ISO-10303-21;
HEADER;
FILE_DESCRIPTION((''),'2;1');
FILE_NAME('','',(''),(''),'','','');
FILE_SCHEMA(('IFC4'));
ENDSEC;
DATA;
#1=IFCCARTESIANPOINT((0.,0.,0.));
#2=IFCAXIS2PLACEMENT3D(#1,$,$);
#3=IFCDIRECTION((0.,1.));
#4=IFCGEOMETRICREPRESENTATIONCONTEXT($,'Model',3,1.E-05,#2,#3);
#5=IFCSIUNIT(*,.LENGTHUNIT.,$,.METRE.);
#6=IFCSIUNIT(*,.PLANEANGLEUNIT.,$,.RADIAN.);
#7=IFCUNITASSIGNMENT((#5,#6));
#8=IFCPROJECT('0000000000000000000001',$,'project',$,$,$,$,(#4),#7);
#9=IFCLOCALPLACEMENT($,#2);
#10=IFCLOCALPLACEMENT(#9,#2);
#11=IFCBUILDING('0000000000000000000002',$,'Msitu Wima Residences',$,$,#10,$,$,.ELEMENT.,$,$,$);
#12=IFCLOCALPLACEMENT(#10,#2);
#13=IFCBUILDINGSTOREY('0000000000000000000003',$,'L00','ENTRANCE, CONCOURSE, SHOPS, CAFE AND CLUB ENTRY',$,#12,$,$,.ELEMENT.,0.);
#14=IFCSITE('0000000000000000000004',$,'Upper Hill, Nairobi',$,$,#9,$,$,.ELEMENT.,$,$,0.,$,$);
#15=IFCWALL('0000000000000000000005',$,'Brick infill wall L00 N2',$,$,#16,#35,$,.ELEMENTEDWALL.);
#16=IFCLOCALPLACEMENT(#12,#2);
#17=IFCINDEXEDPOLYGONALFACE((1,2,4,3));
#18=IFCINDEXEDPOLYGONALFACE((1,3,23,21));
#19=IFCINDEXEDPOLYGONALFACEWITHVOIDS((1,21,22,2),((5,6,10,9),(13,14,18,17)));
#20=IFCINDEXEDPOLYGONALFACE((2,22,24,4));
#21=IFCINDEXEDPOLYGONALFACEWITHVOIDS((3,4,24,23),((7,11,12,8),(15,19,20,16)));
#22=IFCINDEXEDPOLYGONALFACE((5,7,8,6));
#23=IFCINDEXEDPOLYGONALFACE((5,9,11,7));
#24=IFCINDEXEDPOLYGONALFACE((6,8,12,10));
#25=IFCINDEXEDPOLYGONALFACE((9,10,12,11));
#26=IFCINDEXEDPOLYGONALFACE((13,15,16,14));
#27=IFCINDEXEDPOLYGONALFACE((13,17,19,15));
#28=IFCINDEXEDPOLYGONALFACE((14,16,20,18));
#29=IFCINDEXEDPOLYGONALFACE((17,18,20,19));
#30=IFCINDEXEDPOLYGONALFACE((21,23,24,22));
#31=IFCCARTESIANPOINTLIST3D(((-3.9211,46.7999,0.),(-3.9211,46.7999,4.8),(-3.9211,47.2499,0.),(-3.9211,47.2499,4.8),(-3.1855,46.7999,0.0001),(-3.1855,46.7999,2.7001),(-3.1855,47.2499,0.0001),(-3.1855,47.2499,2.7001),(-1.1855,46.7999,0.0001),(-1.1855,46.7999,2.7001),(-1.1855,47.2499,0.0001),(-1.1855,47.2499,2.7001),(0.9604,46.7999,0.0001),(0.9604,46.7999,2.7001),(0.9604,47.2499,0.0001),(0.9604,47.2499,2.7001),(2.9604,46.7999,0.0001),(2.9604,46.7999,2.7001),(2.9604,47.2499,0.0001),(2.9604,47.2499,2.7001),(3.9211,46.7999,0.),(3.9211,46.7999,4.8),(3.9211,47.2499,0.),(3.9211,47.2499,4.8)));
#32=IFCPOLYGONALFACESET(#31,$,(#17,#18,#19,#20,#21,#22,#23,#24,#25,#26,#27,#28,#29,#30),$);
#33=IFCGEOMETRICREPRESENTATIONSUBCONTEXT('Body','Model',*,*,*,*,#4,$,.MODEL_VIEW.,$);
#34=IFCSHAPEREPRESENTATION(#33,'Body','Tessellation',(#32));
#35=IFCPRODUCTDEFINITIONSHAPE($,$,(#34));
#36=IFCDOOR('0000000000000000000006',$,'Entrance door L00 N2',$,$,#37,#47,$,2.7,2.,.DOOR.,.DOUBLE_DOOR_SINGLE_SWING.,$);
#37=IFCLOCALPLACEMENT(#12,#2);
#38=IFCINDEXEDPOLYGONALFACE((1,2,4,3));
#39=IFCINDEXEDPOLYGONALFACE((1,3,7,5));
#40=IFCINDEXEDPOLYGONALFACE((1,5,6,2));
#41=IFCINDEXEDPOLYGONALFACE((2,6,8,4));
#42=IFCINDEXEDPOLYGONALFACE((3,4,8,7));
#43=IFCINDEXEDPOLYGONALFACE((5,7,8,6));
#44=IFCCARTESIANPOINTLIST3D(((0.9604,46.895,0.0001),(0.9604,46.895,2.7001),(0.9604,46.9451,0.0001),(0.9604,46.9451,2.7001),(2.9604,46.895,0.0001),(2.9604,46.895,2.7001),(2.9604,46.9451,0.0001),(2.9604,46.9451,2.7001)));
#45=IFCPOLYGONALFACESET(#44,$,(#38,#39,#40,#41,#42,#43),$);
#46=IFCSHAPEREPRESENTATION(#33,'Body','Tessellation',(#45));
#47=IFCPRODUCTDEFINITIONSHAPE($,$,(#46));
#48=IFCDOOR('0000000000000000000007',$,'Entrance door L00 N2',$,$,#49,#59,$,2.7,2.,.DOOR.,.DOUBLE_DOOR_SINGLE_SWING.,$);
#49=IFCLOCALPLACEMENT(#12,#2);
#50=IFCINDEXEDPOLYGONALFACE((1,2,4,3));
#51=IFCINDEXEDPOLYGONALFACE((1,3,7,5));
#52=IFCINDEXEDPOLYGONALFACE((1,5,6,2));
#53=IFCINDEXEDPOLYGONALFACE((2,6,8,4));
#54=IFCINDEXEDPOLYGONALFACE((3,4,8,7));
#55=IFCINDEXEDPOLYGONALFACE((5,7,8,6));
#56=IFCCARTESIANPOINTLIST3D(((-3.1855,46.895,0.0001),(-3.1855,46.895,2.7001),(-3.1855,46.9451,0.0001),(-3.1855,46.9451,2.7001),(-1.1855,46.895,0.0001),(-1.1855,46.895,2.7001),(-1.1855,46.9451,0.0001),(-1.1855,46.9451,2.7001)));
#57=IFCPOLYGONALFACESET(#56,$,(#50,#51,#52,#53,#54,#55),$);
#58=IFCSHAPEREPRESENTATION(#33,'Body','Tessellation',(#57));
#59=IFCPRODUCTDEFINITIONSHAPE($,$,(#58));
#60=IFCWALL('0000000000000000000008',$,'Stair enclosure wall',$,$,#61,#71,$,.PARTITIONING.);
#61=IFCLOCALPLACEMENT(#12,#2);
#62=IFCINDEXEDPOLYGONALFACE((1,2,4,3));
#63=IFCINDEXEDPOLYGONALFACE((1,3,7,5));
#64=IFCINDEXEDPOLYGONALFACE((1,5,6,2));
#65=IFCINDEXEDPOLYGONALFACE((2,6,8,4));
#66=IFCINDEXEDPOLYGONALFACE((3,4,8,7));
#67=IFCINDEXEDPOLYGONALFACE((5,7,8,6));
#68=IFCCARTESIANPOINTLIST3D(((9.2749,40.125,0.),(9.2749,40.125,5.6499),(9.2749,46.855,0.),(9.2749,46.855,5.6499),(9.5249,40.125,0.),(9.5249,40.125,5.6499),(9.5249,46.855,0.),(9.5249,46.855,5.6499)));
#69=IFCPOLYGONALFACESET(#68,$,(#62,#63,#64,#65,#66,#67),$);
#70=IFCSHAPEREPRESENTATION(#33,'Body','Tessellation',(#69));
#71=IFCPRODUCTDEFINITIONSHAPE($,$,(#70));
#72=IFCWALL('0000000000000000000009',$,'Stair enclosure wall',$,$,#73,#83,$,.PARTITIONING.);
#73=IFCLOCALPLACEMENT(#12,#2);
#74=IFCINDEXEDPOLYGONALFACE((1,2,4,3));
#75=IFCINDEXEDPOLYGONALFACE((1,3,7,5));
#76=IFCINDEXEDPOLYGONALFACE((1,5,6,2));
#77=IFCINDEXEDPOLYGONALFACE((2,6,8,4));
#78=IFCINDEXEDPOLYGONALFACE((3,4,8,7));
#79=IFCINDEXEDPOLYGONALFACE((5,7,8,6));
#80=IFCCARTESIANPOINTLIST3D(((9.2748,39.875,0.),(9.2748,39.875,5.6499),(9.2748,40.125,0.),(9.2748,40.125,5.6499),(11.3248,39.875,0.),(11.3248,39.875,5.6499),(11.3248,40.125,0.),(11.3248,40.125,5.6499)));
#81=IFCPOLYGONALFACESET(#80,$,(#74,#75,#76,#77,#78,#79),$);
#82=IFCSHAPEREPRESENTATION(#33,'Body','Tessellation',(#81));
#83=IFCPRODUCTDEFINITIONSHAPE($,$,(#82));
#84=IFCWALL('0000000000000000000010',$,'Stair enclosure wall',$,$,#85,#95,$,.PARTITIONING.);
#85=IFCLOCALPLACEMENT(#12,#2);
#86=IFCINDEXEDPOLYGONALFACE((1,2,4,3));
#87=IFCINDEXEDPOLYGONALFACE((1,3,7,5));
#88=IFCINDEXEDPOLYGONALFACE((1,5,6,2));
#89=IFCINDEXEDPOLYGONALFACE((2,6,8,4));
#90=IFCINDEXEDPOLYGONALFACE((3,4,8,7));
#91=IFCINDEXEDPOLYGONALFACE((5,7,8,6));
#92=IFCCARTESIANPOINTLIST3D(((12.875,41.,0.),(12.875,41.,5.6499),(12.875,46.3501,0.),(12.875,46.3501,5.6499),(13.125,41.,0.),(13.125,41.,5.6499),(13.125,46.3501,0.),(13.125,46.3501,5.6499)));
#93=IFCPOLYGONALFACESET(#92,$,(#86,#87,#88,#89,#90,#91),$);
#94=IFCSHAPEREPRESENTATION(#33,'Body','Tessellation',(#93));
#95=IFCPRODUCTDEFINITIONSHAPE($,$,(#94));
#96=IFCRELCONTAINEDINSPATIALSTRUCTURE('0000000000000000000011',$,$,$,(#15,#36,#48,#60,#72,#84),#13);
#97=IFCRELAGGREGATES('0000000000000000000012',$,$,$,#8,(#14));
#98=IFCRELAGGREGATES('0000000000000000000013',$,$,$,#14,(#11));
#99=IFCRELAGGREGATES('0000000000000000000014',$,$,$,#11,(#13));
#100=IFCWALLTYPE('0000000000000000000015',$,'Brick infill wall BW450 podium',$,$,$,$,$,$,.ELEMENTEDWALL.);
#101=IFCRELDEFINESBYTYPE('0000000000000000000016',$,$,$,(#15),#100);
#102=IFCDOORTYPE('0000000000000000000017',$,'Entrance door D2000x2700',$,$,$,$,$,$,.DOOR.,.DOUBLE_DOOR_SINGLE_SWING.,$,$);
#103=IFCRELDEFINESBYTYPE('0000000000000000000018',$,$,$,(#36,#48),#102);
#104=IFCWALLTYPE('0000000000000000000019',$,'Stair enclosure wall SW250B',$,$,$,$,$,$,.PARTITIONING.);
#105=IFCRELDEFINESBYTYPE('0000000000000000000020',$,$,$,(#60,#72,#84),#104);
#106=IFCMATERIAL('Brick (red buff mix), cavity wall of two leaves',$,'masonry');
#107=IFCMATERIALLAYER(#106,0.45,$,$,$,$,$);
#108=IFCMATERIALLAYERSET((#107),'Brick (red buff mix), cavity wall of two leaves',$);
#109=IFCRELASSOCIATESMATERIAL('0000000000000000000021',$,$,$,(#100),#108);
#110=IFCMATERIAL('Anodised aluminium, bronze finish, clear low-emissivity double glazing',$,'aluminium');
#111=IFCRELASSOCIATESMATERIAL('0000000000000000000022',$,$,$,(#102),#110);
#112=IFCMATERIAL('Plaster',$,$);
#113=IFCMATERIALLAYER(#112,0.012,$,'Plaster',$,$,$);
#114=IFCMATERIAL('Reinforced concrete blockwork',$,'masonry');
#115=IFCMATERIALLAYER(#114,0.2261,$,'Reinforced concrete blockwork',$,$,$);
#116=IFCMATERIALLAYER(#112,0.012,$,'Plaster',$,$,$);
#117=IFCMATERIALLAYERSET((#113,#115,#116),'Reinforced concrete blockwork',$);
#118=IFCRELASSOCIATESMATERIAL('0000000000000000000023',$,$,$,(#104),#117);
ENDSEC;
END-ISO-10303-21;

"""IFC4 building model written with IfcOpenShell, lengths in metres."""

from ifc_helpers import new_model, si_unit, direction, frame, frame_2d, origin, place, context, subcontext, project, spatial, rectangle, extrude, material, layer, layer_set, type_object, element, fill, save


model = new_model("IFC4")

# Units and contexts
model_context = context("Model", 3, precision=1e-05, world=origin(), true_north=direction((0.0, 1.0)))
body_context = subcontext(model_context, "Body", "Model", "MODEL_VIEW")
ifc_project = project(units=[si_unit("LENGTHUNIT", "METRE"), si_unit("PLANEANGLEUNIT", "RADIAN")], contexts=[model_context])

# Site, building, storey
site_placement = place(None, origin())
site = spatial("IfcSite", under=ifc_project, at=site_placement, Name="Upper Hill, Nairobi", CompositionType="ELEMENT", RefElevation=0.0)
building_placement = place(site_placement, origin())
building = spatial("IfcBuilding", under=site, at=building_placement, Name="Msitu Wima Residences", CompositionType="ELEMENT")
storey_placement = place(building_placement, origin())
storey = spatial("IfcBuildingStorey", under=building, at=storey_placement, Name="L00", Description="ENTRANCE, CONCOURSE, SHOPS, CAFE AND CLUB ENTRY", CompositionType="ELEMENT", Elevation=0.0)

# Shared definitions
ifc_material_1 = material(Name="Brick (red buff mix), cavity wall of two leaves", Category="masonry")
ifc_layer_1 = layer(ifc_material_1, 0.45)
ifc_layer_set_1 = layer_set([ifc_layer_1], Name="Brick (red buff mix), cavity wall of two leaves")
wall_type_1 = type_object("IfcWallType", Name="Brick infill wall BW450 podium", PredefinedType="ELEMENTEDWALL", material=ifc_layer_set_1)
ifc_material_2 = material(Name="Anodised aluminium, bronze finish, clear low-emissivity double glazing", Category="aluminium")

# Wall, openings, doors
wall_1_placement = place(storey_placement, frame((3.9211, 47.0249, 0.0), z_axis=(0.0, 0.0, 1.0), x_axis=(-1.0, 0.0, 0.0)))
wall_1 = element("IfcWall", 1, at=wall_1_placement, inside=storey, type_object=wall_type_1, Name="Brick infill wall L00 N2", PredefinedType="ELEMENTEDWALL", context=body_context, shape_type="SweptSolid", body=[
    extrude(rectangle(XDim=7.8423, YDim=0.45, at=frame_2d((3.9211, 0.0))), origin(), (0.0, 0.0, 1.0), 4.8),
])
opening_1_placement = place(wall_1_placement, frame((0.9607, 0.0, 0.0)))
opening_1 = element("IfcOpeningElement", 2, at=opening_1_placement, cuts=wall_1, PredefinedType="OPENING", context=body_context, shape_type="SweptSolid", body=[
    extrude(rectangle(XDim=2.0, YDim=2.7, at=frame_2d((1.0, 1.3501))), frame((0.0, 0.2349, 0.0), z_axis=(0.0, -1.0, 0.0), x_axis=(1.0, 0.0, 0.0)), (0.0, 0.0, 1.0), 0.47),
])
opening_2_placement = place(wall_1_placement, frame((5.1067, 0.0, 0.0)))
opening_2 = element("IfcOpeningElement", 3, at=opening_2_placement, cuts=wall_1, PredefinedType="OPENING", context=body_context, shape_type="SweptSolid", body=[
    extrude(rectangle(XDim=2.0, YDim=2.7, at=frame_2d((1.0, 1.3501))), frame((0.0, 0.2349, 0.0), z_axis=(0.0, -1.0, 0.0), x_axis=(1.0, 0.0, 0.0)), (0.0, 0.0, 1.0), 0.47),
])
door_type_1 = type_object("IfcDoorType", Name="Entrance door D2000x2700", OperationType="DOUBLE_DOOR_SINGLE_SWING", PredefinedType="DOOR", material=ifc_material_2)
door_1_placement = place(opening_1_placement, frame((2.0, 0.0, 0.0), z_axis=(0.0, 0.0, 1.0), x_axis=(-1.0, 0.0, 0.0)))
door_1 = element("IfcDoor", 4, at=door_1_placement, inside=storey, type_object=door_type_1, Name="Entrance door L00 N2", OperationType="DOUBLE_DOOR_SINGLE_SWING", OverallHeight=2.7, OverallWidth=2.0, PredefinedType="DOOR", context=body_context, shape_type="SweptSolid", body=[
    extrude(rectangle(XDim=2.0, YDim=2.7, at=frame_2d((1.0, 1.3501))), frame((0.0, -0.0798, 0.0), z_axis=(0.0, -1.0, 0.0), x_axis=(1.0, 0.0, 0.0)), (0.0, 0.0, 1.0), 0.05),
])
fill(opening_1, door_1)
door_2_placement = place(opening_2_placement, frame((2.0, 0.0, 0.0), z_axis=(0.0, 0.0, 1.0), x_axis=(-1.0, 0.0, 0.0)))
door_2 = element("IfcDoor", 5, at=door_2_placement, inside=storey, type_object=door_type_1, Name="Entrance door L00 N2", OperationType="DOUBLE_DOOR_SINGLE_SWING", OverallHeight=2.7, OverallWidth=2.0, PredefinedType="DOOR", context=body_context, shape_type="SweptSolid", body=[
    extrude(rectangle(XDim=2.0, YDim=2.7, at=frame_2d((1.0, 1.3501))), frame((0.0, -0.0798, 0.0), z_axis=(0.0, -1.0, 0.0), x_axis=(1.0, 0.0, 0.0)), (0.0, 0.0, 1.0), 0.05),
])
fill(opening_2, door_2)

# Walls
ifc_material_3 = material(Name="Plaster")
ifc_layer_2 = layer(ifc_material_3, 0.012, Name="Plaster")
ifc_material_4 = material(Name="Reinforced concrete blockwork", Category="masonry")
ifc_layer_3 = layer(ifc_material_4, 0.2261, Name="Reinforced concrete blockwork")
ifc_layer_4 = layer(ifc_material_3, 0.012, Name="Plaster")
ifc_layer_set_2 = layer_set([ifc_layer_2, ifc_layer_3, ifc_layer_4], Name="Reinforced concrete blockwork")
wall_type_2 = type_object("IfcWallType", Name="Stair enclosure wall SW250B", PredefinedType="PARTITIONING", material=ifc_layer_set_2)
wall_2_placement = place(storey_placement, frame((9.3999, 40.125, 0.0), z_axis=(0.0, 0.0, 1.0), x_axis=(0.0, 1.0, 0.0)))
element("IfcWall", 6, at=wall_2_placement, inside=storey, type_object=wall_type_2, Name="Stair enclosure wall", PredefinedType="PARTITIONING", context=body_context, shape_type="SweptSolid", body=[
    extrude(rectangle(XDim=6.73, YDim=0.25, at=frame_2d((3.365, 0.0))), origin(), (0.0, 0.0, 1.0), 5.6499),
])
wall_3_placement = place(storey_placement, frame((9.2749, 40.0, 0.0), z_axis=(0.0, 0.0, 1.0), x_axis=(1.0, 0.0, 0.0)))
element("IfcWall", 7, at=wall_3_placement, inside=storey, type_object=wall_type_2, Name="Stair enclosure wall", PredefinedType="PARTITIONING", context=body_context, shape_type="SweptSolid", body=[
    extrude(rectangle(XDim=2.05, YDim=0.25, at=frame_2d((1.0249, 0.0))), origin(), (0.0, 0.0, 1.0), 5.6499),
])
wall_4_placement = place(storey_placement, frame((13.0, 41.0, 0.0), z_axis=(0.0, 0.0, 1.0), x_axis=(0.0, 1.0, 0.0)))
element("IfcWall", 8, at=wall_4_placement, inside=storey, type_object=wall_type_2, Name="Stair enclosure wall", PredefinedType="PARTITIONING", context=body_context, shape_type="SweptSolid", body=[
    extrude(rectangle(XDim=5.3501, YDim=0.25, at=frame_2d((2.675, 0.0))), origin(), (0.0, 0.0, 1.0), 5.6499),
])

save(model, "model.ifc")
